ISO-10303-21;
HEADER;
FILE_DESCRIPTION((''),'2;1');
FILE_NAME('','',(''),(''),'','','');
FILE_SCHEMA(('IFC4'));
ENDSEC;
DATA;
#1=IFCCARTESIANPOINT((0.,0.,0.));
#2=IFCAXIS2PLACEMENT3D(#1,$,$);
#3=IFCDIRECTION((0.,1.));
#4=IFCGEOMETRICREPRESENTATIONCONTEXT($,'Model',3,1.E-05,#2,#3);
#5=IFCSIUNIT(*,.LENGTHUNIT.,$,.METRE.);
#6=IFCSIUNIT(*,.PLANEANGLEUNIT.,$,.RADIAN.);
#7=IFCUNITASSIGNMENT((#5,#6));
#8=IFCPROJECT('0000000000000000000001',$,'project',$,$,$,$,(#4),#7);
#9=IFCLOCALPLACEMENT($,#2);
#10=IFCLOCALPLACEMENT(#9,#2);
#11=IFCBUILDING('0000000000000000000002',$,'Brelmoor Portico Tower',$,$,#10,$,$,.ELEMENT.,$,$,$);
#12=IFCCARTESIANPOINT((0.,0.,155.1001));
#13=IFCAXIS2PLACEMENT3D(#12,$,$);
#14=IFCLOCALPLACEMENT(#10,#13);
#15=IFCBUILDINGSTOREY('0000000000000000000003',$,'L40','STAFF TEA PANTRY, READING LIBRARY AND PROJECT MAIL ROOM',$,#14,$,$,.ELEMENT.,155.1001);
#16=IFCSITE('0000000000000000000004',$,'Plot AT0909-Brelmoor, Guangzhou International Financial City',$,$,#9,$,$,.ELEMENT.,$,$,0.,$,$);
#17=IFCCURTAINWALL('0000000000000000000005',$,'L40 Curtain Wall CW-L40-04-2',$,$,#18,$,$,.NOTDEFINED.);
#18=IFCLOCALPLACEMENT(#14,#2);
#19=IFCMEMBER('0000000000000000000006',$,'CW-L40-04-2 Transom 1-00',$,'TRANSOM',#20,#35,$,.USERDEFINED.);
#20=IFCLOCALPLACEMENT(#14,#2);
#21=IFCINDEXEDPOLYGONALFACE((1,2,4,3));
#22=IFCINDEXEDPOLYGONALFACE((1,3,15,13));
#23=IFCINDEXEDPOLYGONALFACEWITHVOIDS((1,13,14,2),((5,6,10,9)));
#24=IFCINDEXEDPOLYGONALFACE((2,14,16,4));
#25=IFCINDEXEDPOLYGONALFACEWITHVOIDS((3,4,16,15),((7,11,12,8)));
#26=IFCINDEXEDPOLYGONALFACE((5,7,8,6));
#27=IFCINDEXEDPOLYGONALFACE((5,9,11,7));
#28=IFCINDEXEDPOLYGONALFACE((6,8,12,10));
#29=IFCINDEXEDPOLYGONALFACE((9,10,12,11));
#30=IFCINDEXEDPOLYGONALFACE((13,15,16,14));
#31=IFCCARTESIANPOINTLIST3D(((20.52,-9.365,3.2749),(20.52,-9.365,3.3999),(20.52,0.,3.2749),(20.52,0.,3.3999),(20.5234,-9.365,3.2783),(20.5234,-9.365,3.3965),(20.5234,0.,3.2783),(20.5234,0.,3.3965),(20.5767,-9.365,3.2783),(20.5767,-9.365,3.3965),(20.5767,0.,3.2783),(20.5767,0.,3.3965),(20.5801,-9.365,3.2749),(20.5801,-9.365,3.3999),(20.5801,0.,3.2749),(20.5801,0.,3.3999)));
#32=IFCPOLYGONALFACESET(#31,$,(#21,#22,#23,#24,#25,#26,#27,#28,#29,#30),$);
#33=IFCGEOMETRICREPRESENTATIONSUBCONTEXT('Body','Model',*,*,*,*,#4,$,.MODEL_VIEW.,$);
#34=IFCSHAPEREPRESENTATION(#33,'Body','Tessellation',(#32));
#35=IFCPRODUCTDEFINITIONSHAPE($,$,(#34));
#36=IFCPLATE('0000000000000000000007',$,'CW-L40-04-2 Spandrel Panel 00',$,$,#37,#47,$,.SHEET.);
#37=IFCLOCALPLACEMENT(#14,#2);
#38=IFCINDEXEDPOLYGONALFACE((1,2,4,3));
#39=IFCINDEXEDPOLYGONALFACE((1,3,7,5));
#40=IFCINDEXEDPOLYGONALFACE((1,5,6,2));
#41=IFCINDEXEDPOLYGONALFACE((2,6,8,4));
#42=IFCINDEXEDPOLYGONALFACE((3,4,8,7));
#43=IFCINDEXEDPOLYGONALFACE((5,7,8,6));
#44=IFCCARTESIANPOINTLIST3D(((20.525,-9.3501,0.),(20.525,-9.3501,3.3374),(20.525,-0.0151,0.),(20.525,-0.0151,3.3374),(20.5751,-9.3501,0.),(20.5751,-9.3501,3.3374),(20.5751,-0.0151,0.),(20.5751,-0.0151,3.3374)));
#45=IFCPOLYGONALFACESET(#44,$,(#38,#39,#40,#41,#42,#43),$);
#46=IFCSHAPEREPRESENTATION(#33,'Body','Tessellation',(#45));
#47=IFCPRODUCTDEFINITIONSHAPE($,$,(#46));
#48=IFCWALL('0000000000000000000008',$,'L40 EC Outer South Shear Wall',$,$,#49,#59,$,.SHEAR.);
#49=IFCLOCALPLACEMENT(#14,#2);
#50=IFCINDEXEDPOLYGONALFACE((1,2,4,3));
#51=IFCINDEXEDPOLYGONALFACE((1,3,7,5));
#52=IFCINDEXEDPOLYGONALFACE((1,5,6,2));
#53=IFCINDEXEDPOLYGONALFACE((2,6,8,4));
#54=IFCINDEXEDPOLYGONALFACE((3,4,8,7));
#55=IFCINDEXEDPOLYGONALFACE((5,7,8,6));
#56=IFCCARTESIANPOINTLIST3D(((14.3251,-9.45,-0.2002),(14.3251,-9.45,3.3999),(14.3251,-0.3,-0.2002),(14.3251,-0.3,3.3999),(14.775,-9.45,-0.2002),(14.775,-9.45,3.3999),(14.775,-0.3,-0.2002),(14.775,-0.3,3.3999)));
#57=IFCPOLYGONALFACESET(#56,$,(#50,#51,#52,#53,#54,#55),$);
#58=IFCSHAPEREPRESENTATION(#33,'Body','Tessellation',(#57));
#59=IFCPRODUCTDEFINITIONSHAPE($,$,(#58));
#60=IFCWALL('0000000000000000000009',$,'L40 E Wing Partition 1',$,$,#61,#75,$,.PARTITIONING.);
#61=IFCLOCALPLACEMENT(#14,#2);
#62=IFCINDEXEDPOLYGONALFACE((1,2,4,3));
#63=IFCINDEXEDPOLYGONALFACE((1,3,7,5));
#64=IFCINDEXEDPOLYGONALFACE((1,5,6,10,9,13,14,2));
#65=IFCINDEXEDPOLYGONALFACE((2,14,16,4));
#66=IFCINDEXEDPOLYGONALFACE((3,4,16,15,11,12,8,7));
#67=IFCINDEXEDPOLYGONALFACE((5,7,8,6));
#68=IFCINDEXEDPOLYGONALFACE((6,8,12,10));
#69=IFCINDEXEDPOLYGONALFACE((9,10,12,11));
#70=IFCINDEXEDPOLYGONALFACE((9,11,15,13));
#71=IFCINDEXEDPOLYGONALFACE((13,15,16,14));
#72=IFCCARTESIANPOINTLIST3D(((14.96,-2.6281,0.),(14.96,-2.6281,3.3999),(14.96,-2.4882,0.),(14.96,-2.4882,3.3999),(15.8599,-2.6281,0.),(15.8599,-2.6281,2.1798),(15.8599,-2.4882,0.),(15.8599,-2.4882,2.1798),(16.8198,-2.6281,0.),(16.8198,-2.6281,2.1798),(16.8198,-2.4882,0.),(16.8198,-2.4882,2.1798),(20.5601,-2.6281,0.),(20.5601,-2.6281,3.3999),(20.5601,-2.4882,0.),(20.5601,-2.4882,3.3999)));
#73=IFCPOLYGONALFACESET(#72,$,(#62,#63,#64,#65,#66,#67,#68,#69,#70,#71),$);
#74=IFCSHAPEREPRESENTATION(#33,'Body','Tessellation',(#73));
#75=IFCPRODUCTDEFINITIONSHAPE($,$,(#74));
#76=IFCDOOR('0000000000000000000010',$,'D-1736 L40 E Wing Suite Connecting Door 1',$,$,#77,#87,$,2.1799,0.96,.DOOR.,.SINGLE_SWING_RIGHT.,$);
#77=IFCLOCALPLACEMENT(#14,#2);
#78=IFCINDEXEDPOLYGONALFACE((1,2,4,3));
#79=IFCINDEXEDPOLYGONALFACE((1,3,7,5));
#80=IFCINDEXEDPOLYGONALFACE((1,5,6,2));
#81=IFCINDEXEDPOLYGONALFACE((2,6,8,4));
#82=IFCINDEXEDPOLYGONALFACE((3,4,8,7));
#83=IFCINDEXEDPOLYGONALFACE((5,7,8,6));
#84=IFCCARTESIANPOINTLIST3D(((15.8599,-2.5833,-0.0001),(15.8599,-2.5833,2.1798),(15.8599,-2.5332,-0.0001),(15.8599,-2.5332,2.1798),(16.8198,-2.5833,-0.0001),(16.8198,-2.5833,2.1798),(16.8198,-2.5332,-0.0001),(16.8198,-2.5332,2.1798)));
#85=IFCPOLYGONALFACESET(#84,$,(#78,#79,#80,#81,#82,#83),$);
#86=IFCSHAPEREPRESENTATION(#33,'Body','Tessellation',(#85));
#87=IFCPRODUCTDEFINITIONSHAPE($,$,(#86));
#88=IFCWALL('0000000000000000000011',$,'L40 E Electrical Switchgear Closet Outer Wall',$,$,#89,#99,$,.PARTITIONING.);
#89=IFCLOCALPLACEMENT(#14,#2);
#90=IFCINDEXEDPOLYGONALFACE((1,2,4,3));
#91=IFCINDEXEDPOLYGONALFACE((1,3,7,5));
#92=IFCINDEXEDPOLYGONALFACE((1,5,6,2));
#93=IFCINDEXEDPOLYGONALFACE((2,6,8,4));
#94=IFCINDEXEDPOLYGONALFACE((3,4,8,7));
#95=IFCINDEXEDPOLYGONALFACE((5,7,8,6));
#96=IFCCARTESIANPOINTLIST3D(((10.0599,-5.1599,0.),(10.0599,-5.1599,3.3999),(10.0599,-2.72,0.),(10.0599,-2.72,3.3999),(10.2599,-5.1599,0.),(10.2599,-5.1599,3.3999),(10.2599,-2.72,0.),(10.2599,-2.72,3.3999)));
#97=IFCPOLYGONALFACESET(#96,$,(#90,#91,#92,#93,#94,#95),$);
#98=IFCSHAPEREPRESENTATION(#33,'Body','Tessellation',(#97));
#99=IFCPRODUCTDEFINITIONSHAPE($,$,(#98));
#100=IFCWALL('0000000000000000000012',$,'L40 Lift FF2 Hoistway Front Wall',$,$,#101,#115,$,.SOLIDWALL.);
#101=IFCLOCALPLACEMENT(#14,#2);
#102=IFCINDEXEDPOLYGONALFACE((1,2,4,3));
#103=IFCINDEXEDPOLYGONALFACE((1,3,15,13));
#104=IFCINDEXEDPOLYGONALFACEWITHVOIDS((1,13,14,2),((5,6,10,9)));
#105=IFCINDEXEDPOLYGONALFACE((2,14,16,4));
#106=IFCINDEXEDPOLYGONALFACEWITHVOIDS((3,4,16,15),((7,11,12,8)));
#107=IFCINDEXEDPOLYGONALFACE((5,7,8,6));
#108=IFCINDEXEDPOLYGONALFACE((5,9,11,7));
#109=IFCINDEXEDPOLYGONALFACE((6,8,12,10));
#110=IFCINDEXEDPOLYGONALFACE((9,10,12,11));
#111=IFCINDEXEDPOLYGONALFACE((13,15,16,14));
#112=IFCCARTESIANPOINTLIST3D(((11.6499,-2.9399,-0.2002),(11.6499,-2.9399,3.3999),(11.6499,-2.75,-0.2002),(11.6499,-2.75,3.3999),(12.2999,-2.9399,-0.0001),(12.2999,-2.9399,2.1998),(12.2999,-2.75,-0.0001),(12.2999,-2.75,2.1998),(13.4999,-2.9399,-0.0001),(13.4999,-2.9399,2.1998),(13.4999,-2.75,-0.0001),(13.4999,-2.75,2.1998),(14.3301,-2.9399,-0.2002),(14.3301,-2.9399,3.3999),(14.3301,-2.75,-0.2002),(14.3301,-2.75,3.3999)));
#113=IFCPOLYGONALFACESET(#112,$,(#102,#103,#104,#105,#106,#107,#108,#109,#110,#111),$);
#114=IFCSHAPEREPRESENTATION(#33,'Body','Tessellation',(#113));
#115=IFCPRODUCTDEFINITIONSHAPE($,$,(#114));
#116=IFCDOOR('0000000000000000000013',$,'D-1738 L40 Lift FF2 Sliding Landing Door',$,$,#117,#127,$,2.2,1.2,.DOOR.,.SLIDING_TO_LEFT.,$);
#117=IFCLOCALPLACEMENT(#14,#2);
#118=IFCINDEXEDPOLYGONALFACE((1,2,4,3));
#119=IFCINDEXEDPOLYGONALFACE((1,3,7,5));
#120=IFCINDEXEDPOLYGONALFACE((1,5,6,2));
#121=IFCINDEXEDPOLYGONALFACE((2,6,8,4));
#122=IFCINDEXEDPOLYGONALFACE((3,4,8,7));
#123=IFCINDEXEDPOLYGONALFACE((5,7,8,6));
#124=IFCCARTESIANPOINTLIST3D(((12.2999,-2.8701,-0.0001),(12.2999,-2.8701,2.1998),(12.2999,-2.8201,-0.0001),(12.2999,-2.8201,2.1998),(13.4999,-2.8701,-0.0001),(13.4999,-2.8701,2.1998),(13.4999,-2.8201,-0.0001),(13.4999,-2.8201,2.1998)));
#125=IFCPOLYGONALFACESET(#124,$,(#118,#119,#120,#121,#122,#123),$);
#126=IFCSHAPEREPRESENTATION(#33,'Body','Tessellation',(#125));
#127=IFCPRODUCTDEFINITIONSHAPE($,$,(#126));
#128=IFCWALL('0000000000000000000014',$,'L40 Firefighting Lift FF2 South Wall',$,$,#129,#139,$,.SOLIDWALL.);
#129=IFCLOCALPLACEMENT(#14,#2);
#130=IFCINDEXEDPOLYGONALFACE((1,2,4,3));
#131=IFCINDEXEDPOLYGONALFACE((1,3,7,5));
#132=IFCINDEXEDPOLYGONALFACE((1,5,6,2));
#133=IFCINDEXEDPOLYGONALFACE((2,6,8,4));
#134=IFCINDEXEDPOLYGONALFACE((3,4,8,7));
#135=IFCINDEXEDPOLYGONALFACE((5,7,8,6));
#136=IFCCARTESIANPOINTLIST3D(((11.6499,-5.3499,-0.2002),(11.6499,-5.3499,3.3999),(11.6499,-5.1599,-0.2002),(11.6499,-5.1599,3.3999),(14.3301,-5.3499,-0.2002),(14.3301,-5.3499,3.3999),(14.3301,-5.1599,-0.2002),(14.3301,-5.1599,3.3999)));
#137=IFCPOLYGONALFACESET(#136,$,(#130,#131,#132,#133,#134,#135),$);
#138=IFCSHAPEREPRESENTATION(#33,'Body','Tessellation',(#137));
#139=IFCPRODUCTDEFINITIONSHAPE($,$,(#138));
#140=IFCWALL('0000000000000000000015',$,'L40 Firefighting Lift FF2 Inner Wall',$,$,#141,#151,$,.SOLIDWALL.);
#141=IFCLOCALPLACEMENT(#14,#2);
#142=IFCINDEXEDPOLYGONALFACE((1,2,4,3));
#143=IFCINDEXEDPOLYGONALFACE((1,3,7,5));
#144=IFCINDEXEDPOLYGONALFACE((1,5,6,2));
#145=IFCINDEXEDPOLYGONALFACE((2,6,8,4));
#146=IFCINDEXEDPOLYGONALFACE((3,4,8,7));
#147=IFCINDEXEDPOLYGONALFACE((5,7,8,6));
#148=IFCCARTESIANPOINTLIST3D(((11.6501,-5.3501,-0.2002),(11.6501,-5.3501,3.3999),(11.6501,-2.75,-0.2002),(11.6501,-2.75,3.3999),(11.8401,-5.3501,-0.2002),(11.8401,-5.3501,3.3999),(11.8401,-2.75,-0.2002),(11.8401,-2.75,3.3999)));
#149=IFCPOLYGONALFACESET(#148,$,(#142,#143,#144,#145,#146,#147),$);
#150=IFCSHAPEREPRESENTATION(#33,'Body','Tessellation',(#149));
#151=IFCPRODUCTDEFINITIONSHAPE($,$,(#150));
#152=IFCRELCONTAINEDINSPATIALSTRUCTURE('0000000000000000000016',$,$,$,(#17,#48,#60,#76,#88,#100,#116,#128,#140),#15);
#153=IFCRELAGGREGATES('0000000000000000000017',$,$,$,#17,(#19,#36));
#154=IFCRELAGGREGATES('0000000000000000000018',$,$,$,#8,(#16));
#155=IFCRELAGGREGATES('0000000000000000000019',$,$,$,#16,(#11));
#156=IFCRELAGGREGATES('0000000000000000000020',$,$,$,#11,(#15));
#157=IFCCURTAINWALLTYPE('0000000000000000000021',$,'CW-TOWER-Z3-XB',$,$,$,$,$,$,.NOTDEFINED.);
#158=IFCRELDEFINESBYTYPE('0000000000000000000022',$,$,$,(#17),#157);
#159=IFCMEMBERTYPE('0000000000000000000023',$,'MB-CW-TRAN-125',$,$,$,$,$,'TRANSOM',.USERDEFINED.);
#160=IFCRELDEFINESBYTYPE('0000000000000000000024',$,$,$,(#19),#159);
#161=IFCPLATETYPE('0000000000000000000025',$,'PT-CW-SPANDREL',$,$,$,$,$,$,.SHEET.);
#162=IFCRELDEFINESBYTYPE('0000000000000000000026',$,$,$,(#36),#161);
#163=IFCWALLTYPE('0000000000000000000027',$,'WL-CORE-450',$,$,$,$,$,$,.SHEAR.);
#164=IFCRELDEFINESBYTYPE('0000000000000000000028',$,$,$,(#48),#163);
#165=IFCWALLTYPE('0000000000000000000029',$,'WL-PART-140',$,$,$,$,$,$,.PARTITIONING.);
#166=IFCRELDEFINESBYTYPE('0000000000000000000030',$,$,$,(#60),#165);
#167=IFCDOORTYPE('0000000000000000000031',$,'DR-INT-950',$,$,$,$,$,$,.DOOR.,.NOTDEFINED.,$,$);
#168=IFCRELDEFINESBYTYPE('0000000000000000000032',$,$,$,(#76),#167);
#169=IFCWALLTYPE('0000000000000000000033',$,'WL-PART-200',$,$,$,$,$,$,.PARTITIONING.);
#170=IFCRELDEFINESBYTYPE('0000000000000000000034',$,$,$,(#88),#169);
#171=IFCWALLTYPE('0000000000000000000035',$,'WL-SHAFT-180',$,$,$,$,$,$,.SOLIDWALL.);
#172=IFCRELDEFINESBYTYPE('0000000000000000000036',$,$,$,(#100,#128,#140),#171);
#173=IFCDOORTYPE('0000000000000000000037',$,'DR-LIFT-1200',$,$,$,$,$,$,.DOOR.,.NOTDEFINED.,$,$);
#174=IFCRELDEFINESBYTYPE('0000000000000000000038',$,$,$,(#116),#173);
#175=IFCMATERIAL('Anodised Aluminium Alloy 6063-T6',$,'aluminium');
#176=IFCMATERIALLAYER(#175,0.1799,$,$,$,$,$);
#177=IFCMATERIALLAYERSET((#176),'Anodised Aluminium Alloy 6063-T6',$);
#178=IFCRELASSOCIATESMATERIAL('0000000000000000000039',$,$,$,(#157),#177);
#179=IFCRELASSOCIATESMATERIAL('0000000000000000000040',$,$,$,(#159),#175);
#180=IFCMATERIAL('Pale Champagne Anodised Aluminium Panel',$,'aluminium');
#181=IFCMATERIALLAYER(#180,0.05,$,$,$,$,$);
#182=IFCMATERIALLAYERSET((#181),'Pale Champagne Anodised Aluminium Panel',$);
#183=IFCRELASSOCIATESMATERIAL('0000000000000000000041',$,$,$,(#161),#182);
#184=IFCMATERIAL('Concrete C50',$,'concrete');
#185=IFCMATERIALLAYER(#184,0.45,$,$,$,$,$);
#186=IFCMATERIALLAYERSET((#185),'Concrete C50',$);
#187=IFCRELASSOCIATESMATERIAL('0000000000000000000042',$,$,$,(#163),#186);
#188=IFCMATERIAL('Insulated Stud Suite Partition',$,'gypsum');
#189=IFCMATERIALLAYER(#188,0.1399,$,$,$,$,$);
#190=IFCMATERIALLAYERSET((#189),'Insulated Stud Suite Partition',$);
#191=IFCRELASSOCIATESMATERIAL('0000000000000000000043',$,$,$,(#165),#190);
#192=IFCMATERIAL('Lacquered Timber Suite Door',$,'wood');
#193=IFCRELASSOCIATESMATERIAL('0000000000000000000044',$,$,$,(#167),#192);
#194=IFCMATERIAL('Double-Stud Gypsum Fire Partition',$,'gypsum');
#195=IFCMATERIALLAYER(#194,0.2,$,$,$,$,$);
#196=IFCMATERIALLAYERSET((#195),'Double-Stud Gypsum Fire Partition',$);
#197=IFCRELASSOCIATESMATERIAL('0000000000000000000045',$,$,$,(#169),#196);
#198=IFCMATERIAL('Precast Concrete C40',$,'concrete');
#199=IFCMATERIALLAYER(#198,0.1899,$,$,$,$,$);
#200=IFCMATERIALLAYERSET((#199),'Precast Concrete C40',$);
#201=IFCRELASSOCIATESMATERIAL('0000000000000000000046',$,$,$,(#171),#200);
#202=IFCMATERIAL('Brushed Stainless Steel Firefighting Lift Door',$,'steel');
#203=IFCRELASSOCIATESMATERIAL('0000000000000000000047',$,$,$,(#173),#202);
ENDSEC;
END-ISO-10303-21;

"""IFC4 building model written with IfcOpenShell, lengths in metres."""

from ifc_helpers import new_model, si_unit, direction, frame, frame_2d, origin, origin_2d, place, context, subcontext, project, spatial, rectangle, hollow_rectangle, extrude, material, layer, layer_set, material_profile, profile_set, type_object, element, fill, aggregate, save


model = new_model("IFC4")

# Units and contexts
model_context = context("Model", 3, precision=1e-05, world=origin(), true_north=direction((0.0, 1.0)))
body_context = subcontext(model_context, "Body", "Model", "MODEL_VIEW")
ifc_project = project(units=[si_unit("LENGTHUNIT", "METRE"), si_unit("PLANEANGLEUNIT", "RADIAN")], contexts=[model_context])

# Site, building, storey
site_placement = place(None, origin())
site = spatial("IfcSite", under=ifc_project, at=site_placement, Name="Plot AT0909-Brelmoor, Guangzhou International Financial City", CompositionType="ELEMENT", RefElevation=0.0)
building_placement = place(site_placement, origin())
building = spatial("IfcBuilding", under=site, at=building_placement, Name="Brelmoor Portico Tower", CompositionType="ELEMENT")
storey_placement = place(building_placement, frame((0.0, 0.0, 155.1001)))
storey = spatial("IfcBuildingStorey", under=building, at=storey_placement, Name="L40", Description="STAFF TEA PANTRY, READING LIBRARY AND PROJECT MAIL ROOM", CompositionType="ELEMENT", Elevation=155.1001)

# Shared definitions
ifc_material_1 = material(Name="Anodised Aluminium Alloy 6063-T6", Category="aluminium")
ifc_layer_1 = layer(ifc_material_1, 0.1799)
ifc_layer_set_1 = layer_set([ifc_layer_1], Name="Anodised Aluminium Alloy 6063-T6")
curtain_wall_type = type_object("IfcCurtainWallType", Name="CW-TOWER-Z3-XB", PredefinedType="NOTDEFINED", material=ifc_layer_set_1)

# Curtain wall, member, plate
curtain_wall_1_placement = place(storey_placement, origin())
curtain_wall_1 = element("IfcCurtainWall", 1, at=curtain_wall_1_placement, inside=storey, type_object=curtain_wall_type, Name="L40 Curtain Wall CW-L40-04-2", PredefinedType="NOTDEFINED")
ifc_material_profile_1 = material_profile(ifc_material_1, hollow_rectangle(XDim=0.0601, YDim=0.125, WallThickness=0.0034, at=origin_2d()), Name="ALU TRANSOM 60x125")
ifc_profile_set_1 = profile_set([ifc_material_profile_1], Name="Anodised Aluminium Alloy 6063-T6")
member_type_1 = type_object("IfcMemberType", Name="MB-CW-TRAN-125", ElementType="TRANSOM", PredefinedType="USERDEFINED", material=ifc_profile_set_1)
member_1_placement = place(storey_placement, frame((20.55, -9.365, 3.3374), z_axis=(0.0, 1.0, 0.0), x_axis=(-1.0, 0.0, 0.0)))
member_1 = element("IfcMember", 2, at=member_1_placement, type_object=member_type_1, Name="CW-L40-04-2 Transom 1-00", ObjectType="TRANSOM", PredefinedType="USERDEFINED", context=body_context, shape_type="SweptSolid", body=[
    extrude(hollow_rectangle(XDim=0.0601, YDim=0.125, WallThickness=0.0034, at=origin_2d()), origin(), (0.0, 0.0, 1.0), 9.365),
])
ifc_material_2 = material(Name="Pale Champagne Anodised Aluminium Panel", Category="aluminium")
ifc_layer_2 = layer(ifc_material_2, 0.05)
ifc_layer_set_2 = layer_set([ifc_layer_2], Name="Pale Champagne Anodised Aluminium Panel")
plate_type = type_object("IfcPlateType", Name="PT-CW-SPANDREL", PredefinedType="SHEET", material=ifc_layer_set_2)
plate_placement = place(storey_placement, frame((20.55, -4.6826, 0.0), z_axis=(0.0, 0.0, 1.0), x_axis=(0.0, 1.0, 0.0)))
plate = element("IfcPlate", 3, at=plate_placement, type_object=plate_type, Name="CW-L40-04-2 Spandrel Panel 00", PredefinedType="SHEET", context=body_context, shape_type="SweptSolid", body=[
    extrude(rectangle(XDim=9.335, YDim=0.05, at=origin_2d()), origin(), (0.0, 0.0, 1.0), 3.3374),
])
aggregate(curtain_wall_1, [member_1, plate])

# Wall
ifc_material_3 = material(Name="Concrete C50", Category="concrete")
ifc_layer_3 = layer(ifc_material_3, 0.45)
ifc_layer_set_3 = layer_set([ifc_layer_3], Name="Concrete C50")
wall_type_1 = type_object("IfcWallType", Name="WL-CORE-450", PredefinedType="SHEAR", material=ifc_layer_set_3)
wall_1_placement = place(storey_placement, frame((14.55, -9.45, -0.2002), z_axis=(0.0, 0.0, 1.0), x_axis=(0.0, 1.0, 0.0)))
element("IfcWall", 4, at=wall_1_placement, inside=storey, type_object=wall_type_1, Name="L40 EC Outer South Shear Wall", PredefinedType="SHEAR", context=body_context, shape_type="SweptSolid", body=[
    extrude(rectangle(XDim=9.1499, YDim=0.45, at=frame_2d((4.575, 0.0))), origin(), (0.0, 0.0, 1.0), 3.6001),
])

# Wall, opening, door
ifc_material_4 = material(Name="Insulated Stud Suite Partition", Category="gypsum")
ifc_layer_4 = layer(ifc_material_4, 0.1399)
ifc_layer_set_4 = layer_set([ifc_layer_4], Name="Insulated Stud Suite Partition")
wall_type_2 = type_object("IfcWallType", Name="WL-PART-140", PredefinedType="PARTITIONING", material=ifc_layer_set_4)
wall_2_placement = place(storey_placement, frame((14.96, -2.5581, 0.0), z_axis=(0.0, 0.0, 1.0), x_axis=(1.0, 0.0, 0.0)))
wall_2 = element("IfcWall", 5, at=wall_2_placement, inside=storey, type_object=wall_type_2, Name="L40 E Wing Partition 1", PredefinedType="PARTITIONING", context=body_context, shape_type="SweptSolid", body=[
    extrude(rectangle(XDim=5.6001, YDim=0.1399, at=frame_2d((2.8, 0.0))), origin(), (0.0, 0.0, 1.0), 3.3999),
])
opening_1_placement = place(wall_2_placement, frame((0.8999, 0.0, 0.0)))
opening_1 = element("IfcOpeningElement", 6, at=opening_1_placement, cuts=wall_2, PredefinedType="OPENING", context=body_context, shape_type="SweptSolid", body=[
    extrude(rectangle(XDim=0.96, YDim=2.1799, at=frame_2d((0.48, 1.0898))), frame((0.0, 0.0798, 0.0), z_axis=(0.0, -1.0, 0.0), x_axis=(1.0, 0.0, 0.0)), (0.0, 0.0, 1.0), 0.1599),
])
ifc_material_5 = material(Name="Lacquered Timber Suite Door", Category="wood")
door_type_1 = type_object("IfcDoorType", Name="DR-INT-950", OperationType="NOTDEFINED", PredefinedType="DOOR", material=ifc_material_5)
door_1_placement = place(opening_1_placement, origin())
door_1 = element("IfcDoor", 7, at=door_1_placement, inside=storey, type_object=door_type_1, Name="D-1736 L40 E Wing Suite Connecting Door 1", OperationType="SINGLE_SWING_RIGHT", OverallHeight=2.1799, OverallWidth=0.96, PredefinedType="DOOR", context=body_context, shape_type="SweptSolid", body=[
    extrude(rectangle(XDim=0.96, YDim=2.1799, at=frame_2d((0.48, 1.0898))), frame((0.0, 0.0249, 0.0), z_axis=(0.0, -1.0, 0.0), x_axis=(1.0, 0.0, 0.0)), (0.0, 0.0, 1.0), 0.05),
])
fill(opening_1, door_1)
ifc_material_6 = material(Name="Double-Stud Gypsum Fire Partition", Category="gypsum")
ifc_layer_5 = layer(ifc_material_6, 0.2)
ifc_layer_set_5 = layer_set([ifc_layer_5], Name="Double-Stud Gypsum Fire Partition")
wall_type_3 = type_object("IfcWallType", Name="WL-PART-200", PredefinedType="PARTITIONING", material=ifc_layer_set_5)

# Wall
wall_3_placement = place(storey_placement, frame((10.1599, -5.1599, 0.0), z_axis=(0.0, 0.0, 1.0), x_axis=(0.0, 1.0, 0.0)))
element("IfcWall", 8, at=wall_3_placement, inside=storey, type_object=wall_type_3, Name="L40 E Electrical Switchgear Closet Outer Wall", PredefinedType="PARTITIONING", context=body_context, shape_type="SweptSolid", body=[
    extrude(rectangle(XDim=2.4399, YDim=0.2, at=frame_2d((1.22, 0.0))), origin(), (0.0, 0.0, 1.0), 3.3999),
])

# Wall, opening, door
ifc_material_7 = material(Name="Precast Concrete C40", Category="concrete")
ifc_layer_6 = layer(ifc_material_7, 0.1899)
ifc_layer_set_6 = layer_set([ifc_layer_6], Name="Precast Concrete C40")
wall_type_4 = type_object("IfcWallType", Name="WL-SHAFT-180", PredefinedType="SOLIDWALL", material=ifc_layer_set_6)
wall_4_placement = place(storey_placement, frame((11.6499, -2.845, -0.2002), z_axis=(0.0, 0.0, 1.0), x_axis=(1.0, 0.0, 0.0)))
wall_4 = element("IfcWall", 9, at=wall_4_placement, inside=storey, type_object=wall_type_4, Name="L40 Lift FF2 Hoistway Front Wall", PredefinedType="SOLIDWALL", context=body_context, shape_type="SweptSolid", body=[
    extrude(rectangle(XDim=2.6802, YDim=0.1899, at=frame_2d((1.3401, 0.0))), origin(), (0.0, 0.0, 1.0), 3.6001),
])
opening_2_placement = place(wall_4_placement, frame((0.6499, 0.0, 0.2)))
opening_2 = element("IfcOpeningElement", 10, at=opening_2_placement, cuts=wall_4, PredefinedType="OPENING", context=body_context, shape_type="SweptSolid", body=[
    extrude(rectangle(XDim=1.2, YDim=2.2, at=frame_2d((0.6001, 1.1001))), frame((0.0, 0.105, 0.0), z_axis=(0.0, -1.0, 0.0), x_axis=(1.0, 0.0, 0.0)), (0.0, 0.0, 1.0), 0.21),
])
ifc_material_8 = material(Name="Brushed Stainless Steel Firefighting Lift Door", Category="steel")
door_type_2 = type_object("IfcDoorType", Name="DR-LIFT-1200", OperationType="NOTDEFINED", PredefinedType="DOOR", material=ifc_material_8)
door_2_placement = place(opening_2_placement, origin())
door_2 = element("IfcDoor", 11, at=door_2_placement, inside=storey, type_object=door_type_2, Name="D-1738 L40 Lift FF2 Sliding Landing Door", OperationType="SLIDING_TO_LEFT", OverallHeight=2.2, OverallWidth=1.2, PredefinedType="DOOR", context=body_context, shape_type="SweptSolid", body=[
    extrude(rectangle(XDim=1.2, YDim=2.2, at=frame_2d((0.6001, 1.1001))), frame((0.0, 0.0249, 0.0), z_axis=(0.0, -1.0, 0.0), x_axis=(1.0, 0.0, 0.0)), (0.0, 0.0, 1.0), 0.05),
])
fill(opening_2, door_2)

# Walls
wall_5_placement = place(storey_placement, frame((11.6499, -5.2549, -0.2002), z_axis=(0.0, 0.0, 1.0), x_axis=(1.0, 0.0, 0.0)))
element("IfcWall", 12, at=wall_5_placement, inside=storey, type_object=wall_type_4, Name="L40 Firefighting Lift FF2 South Wall", PredefinedType="SOLIDWALL", context=body_context, shape_type="SweptSolid", body=[
    extrude(rectangle(XDim=2.6802, YDim=0.1899, at=frame_2d((1.3401, 0.0))), origin(), (0.0, 0.0, 1.0), 3.6001),
])
wall_6_placement = place(storey_placement, frame((11.7451, -5.3501, -0.2002), z_axis=(0.0, 0.0, 1.0), x_axis=(0.0, 1.0, 0.0)))
element("IfcWall", 13, at=wall_6_placement, inside=storey, type_object=wall_type_4, Name="L40 Firefighting Lift FF2 Inner Wall", PredefinedType="SOLIDWALL", context=body_context, shape_type="SweptSolid", body=[
    extrude(rectangle(XDim=2.6001, YDim=0.1899, at=frame_2d((1.3, 0.0))), origin(), (0.0, 0.0, 1.0), 3.6001),
])

save(model, "model.ifc")
